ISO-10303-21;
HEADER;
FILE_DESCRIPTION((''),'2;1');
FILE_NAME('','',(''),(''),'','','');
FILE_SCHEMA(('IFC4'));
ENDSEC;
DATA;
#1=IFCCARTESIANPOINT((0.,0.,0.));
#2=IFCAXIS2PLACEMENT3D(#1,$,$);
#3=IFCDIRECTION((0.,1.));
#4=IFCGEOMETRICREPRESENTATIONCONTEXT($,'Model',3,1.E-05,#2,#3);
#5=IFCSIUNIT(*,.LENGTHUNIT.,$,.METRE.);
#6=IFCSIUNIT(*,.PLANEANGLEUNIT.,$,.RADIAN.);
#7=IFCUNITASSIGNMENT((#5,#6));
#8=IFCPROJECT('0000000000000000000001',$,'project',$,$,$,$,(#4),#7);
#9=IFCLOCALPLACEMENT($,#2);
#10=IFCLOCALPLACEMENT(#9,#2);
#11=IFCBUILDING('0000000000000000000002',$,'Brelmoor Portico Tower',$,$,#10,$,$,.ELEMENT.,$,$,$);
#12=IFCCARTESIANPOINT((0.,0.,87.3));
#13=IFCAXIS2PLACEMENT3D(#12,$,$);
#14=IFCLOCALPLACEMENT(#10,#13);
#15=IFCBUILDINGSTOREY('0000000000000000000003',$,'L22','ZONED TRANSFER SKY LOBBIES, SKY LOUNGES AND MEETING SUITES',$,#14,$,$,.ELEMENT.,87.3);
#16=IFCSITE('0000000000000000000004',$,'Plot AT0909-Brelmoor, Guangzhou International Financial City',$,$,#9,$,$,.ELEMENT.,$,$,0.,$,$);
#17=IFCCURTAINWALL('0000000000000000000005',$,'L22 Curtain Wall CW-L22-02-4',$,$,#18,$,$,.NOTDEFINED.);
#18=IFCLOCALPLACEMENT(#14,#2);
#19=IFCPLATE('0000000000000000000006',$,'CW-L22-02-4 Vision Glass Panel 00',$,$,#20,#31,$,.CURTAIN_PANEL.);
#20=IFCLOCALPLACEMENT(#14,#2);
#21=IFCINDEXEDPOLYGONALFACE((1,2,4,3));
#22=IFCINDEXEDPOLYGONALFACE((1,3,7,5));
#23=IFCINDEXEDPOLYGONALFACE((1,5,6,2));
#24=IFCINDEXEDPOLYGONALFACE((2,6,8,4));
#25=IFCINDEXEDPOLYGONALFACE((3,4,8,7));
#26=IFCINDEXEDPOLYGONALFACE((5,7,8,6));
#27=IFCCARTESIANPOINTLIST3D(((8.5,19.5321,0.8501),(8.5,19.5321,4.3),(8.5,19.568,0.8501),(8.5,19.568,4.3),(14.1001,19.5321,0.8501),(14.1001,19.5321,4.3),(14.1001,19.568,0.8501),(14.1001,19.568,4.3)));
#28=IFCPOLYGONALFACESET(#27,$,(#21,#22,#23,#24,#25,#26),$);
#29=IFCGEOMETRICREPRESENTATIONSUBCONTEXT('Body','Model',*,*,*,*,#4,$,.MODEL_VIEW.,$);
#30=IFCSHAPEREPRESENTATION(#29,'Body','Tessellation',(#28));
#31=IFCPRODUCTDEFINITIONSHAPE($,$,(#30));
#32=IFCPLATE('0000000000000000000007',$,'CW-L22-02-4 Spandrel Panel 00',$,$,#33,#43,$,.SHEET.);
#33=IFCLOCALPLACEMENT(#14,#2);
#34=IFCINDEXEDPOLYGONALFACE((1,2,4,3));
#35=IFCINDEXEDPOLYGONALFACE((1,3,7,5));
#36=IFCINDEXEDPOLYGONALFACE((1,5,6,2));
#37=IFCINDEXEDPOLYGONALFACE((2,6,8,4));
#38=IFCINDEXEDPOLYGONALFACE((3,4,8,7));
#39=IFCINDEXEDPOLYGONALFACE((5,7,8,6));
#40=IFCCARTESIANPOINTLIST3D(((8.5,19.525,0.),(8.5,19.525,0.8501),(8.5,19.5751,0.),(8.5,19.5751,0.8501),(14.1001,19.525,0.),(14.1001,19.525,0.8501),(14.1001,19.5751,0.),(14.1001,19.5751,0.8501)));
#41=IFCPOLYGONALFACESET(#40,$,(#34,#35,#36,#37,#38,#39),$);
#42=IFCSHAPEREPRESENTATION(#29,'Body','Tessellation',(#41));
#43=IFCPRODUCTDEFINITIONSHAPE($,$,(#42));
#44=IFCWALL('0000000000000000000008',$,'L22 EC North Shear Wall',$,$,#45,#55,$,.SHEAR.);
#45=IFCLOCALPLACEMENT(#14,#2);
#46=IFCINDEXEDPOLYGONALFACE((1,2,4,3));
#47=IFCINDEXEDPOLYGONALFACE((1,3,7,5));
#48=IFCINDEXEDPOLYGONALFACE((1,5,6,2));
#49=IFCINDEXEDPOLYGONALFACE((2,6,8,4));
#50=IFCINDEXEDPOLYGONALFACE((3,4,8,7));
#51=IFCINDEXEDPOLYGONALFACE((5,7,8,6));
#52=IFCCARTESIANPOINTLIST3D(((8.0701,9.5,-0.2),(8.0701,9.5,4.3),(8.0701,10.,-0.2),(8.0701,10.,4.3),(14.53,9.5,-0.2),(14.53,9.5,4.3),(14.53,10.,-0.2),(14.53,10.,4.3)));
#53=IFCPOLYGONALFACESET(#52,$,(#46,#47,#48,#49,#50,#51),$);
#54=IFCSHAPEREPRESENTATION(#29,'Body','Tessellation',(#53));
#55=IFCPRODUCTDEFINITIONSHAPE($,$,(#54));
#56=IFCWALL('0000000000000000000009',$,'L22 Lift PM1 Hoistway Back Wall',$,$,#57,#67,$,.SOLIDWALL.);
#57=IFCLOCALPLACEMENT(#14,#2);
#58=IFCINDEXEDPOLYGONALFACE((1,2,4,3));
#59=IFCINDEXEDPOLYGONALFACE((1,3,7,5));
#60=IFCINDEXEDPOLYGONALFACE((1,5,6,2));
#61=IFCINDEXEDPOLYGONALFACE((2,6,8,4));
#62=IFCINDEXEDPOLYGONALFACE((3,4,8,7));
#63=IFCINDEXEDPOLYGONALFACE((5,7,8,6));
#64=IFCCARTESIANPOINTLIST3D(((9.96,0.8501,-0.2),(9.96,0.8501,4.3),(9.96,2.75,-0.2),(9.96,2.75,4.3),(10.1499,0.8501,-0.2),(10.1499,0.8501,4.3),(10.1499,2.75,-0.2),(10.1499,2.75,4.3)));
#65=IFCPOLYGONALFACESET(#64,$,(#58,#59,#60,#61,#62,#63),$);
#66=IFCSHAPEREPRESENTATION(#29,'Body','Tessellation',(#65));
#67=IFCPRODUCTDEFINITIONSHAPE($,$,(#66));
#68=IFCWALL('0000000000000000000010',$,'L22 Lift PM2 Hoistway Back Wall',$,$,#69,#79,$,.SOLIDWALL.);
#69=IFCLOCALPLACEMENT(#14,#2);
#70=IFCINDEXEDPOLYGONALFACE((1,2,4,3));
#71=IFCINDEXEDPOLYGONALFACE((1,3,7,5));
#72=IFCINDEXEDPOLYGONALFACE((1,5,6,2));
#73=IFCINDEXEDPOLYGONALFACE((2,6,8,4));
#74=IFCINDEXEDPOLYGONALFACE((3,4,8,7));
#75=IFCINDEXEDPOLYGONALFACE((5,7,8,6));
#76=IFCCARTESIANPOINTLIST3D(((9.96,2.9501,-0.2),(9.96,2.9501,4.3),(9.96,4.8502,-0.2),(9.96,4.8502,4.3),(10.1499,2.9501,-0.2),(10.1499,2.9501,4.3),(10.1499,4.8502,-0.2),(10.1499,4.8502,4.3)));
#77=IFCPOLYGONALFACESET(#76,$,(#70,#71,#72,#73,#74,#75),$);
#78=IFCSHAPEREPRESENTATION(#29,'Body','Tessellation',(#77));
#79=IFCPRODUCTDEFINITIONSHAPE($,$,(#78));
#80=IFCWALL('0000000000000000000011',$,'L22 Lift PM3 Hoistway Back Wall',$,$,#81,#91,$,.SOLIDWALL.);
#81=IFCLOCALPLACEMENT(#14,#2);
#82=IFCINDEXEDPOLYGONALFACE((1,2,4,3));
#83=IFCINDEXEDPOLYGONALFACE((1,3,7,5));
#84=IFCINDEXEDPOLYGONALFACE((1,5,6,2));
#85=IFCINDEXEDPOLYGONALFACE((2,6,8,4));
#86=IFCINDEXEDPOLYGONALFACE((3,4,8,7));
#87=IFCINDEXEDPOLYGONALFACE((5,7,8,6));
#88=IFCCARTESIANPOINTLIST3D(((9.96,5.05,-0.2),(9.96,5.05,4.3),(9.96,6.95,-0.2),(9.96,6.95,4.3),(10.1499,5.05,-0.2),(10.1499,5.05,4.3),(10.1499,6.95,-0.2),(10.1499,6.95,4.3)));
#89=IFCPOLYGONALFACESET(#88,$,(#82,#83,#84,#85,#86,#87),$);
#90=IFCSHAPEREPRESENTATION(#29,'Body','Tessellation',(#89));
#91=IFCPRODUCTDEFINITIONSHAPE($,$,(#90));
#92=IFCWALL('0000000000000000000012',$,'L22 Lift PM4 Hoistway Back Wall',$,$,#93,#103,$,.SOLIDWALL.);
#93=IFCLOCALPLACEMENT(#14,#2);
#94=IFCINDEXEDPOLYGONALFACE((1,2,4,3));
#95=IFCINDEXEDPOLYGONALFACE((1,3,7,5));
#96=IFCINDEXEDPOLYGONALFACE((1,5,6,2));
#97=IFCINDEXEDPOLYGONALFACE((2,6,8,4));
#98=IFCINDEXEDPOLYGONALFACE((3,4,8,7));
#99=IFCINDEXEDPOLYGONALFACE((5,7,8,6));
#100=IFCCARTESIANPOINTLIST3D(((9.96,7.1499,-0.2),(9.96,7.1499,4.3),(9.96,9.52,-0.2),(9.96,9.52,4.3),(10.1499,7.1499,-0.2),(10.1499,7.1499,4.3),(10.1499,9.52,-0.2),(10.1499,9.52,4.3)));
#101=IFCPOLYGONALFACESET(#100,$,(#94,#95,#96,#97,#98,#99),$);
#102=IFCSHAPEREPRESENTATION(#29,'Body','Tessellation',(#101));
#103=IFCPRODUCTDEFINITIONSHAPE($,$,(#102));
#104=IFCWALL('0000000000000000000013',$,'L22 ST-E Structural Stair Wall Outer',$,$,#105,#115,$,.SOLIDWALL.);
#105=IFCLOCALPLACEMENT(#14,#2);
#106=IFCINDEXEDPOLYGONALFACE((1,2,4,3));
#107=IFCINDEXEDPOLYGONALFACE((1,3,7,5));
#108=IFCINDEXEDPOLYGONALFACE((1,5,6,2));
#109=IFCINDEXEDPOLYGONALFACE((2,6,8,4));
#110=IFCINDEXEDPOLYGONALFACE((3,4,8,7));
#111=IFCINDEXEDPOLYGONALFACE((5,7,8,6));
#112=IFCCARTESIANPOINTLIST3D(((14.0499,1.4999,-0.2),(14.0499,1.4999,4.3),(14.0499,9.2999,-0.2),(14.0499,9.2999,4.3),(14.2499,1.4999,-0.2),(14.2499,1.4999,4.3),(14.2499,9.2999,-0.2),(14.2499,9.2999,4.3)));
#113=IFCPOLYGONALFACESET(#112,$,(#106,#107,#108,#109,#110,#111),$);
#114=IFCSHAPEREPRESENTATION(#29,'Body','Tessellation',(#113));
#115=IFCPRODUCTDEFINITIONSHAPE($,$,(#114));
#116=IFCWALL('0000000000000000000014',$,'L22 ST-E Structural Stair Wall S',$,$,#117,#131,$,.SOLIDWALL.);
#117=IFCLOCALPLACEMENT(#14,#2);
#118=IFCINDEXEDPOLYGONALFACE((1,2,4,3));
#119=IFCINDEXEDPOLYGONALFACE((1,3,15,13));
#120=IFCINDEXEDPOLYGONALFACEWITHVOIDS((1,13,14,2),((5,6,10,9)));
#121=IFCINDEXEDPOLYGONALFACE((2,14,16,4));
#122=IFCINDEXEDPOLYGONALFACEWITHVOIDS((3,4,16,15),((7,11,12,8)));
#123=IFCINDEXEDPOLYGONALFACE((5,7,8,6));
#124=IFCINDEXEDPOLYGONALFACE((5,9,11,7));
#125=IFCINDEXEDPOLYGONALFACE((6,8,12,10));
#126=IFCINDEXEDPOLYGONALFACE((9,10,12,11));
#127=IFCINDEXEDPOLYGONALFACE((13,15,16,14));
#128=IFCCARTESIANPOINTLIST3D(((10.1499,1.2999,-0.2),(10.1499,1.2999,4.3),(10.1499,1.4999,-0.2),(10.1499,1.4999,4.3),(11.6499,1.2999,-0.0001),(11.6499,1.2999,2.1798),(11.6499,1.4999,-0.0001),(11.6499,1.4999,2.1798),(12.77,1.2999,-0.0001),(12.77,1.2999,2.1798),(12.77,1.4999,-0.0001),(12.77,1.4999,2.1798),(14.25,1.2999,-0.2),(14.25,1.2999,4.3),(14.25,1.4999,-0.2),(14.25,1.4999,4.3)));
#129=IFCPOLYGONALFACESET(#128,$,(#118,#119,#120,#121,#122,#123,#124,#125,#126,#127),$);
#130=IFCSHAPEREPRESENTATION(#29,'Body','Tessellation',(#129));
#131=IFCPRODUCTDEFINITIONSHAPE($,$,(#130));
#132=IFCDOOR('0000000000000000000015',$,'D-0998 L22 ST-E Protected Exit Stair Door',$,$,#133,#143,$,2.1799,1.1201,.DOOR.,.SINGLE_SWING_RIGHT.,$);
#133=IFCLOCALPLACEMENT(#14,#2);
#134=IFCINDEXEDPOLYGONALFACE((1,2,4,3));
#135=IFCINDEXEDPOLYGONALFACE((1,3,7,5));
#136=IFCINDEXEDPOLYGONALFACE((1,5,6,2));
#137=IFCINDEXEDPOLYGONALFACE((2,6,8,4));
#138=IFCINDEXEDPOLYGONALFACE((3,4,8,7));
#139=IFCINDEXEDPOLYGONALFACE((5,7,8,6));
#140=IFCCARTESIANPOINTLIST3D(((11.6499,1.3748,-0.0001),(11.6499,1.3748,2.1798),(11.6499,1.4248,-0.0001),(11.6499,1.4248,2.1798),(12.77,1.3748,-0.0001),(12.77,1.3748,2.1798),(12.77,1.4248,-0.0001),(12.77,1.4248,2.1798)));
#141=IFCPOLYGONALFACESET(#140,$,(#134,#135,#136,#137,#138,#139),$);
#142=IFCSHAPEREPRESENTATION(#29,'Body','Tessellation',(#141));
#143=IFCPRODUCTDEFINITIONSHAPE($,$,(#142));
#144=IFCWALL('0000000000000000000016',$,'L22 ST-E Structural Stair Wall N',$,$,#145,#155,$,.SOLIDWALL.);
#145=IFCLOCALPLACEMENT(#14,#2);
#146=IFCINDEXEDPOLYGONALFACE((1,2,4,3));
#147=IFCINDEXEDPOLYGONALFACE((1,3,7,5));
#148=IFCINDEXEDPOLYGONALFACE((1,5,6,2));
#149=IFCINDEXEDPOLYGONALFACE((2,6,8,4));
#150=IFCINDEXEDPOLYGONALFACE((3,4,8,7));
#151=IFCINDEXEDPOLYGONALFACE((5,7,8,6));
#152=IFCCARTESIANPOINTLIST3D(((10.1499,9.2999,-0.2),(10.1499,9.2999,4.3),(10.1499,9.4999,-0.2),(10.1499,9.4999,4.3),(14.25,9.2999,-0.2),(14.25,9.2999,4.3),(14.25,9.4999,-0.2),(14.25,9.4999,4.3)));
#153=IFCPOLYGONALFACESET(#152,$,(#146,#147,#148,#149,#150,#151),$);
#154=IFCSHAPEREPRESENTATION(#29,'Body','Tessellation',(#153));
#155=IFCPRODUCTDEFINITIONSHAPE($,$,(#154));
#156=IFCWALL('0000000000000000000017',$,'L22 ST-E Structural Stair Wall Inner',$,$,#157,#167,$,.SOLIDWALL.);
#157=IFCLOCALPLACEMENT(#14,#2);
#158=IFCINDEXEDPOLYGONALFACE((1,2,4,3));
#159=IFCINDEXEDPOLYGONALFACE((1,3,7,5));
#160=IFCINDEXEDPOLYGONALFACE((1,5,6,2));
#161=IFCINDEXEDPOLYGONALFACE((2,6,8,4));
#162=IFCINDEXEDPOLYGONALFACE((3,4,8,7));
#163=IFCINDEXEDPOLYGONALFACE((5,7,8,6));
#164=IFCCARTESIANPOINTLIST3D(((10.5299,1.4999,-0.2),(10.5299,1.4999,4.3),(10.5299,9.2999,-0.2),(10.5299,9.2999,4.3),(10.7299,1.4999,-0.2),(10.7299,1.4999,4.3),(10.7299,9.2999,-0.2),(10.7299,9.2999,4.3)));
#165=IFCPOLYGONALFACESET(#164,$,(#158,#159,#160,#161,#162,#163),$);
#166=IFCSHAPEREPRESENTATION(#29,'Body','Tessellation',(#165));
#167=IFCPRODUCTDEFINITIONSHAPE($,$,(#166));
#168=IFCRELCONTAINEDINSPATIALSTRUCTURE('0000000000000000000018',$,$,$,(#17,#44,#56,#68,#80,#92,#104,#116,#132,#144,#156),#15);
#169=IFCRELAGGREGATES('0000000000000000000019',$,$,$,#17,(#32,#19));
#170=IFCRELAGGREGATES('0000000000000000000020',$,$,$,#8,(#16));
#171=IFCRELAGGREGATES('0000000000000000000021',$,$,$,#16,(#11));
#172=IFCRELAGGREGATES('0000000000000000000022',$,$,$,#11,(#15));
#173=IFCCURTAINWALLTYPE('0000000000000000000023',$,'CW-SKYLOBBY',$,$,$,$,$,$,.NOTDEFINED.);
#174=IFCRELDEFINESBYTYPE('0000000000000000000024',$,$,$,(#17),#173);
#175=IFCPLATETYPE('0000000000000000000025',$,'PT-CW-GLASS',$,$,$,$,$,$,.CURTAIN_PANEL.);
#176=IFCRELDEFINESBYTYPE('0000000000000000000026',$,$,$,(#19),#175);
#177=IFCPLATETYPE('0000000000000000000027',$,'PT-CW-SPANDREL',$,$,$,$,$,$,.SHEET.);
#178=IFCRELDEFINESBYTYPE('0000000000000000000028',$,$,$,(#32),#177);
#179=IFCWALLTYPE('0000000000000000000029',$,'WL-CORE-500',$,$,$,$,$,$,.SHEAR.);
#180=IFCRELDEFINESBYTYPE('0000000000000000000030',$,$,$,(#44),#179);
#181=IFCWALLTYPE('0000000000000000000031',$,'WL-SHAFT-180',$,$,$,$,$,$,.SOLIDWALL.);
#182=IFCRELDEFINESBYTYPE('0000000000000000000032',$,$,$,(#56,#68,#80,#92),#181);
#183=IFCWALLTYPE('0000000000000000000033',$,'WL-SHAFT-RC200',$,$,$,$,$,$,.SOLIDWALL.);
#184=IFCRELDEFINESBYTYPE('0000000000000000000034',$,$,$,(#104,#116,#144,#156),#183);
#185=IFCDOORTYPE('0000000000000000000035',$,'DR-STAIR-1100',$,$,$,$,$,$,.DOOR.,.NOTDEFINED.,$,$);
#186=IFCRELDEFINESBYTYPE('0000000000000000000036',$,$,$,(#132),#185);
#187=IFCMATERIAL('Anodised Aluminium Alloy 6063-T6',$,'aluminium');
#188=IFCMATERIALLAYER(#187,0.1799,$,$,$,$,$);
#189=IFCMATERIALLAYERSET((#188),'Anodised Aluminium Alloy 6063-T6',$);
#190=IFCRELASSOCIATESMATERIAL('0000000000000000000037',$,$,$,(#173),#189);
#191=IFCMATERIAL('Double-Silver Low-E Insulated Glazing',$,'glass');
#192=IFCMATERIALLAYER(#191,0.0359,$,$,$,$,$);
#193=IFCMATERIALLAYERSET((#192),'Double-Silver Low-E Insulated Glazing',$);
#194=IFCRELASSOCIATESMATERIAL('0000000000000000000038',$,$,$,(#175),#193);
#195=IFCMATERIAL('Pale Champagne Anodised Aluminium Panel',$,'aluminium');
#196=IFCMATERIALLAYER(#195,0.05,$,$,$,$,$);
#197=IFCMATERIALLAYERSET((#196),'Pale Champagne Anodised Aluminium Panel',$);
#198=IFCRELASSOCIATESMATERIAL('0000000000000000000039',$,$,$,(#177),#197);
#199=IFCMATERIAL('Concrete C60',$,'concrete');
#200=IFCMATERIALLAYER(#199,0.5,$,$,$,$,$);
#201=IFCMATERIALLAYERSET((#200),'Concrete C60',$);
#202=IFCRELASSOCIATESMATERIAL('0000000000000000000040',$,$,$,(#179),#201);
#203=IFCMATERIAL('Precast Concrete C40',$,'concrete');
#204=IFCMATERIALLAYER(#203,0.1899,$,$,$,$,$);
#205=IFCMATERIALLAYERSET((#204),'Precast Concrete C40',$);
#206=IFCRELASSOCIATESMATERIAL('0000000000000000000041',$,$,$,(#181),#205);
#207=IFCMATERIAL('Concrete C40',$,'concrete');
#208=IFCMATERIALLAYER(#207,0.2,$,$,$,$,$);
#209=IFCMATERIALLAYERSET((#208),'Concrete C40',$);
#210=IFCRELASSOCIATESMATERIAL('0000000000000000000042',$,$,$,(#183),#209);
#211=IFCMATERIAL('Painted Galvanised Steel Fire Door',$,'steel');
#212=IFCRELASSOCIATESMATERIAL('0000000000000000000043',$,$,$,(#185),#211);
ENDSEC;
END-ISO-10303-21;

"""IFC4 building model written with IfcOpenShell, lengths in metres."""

from ifc_helpers import new_model, si_unit, direction, frame, frame_2d, origin, origin_2d, place, context, subcontext, project, spatial, rectangle, extrude, material, layer, layer_set, type_object, element, fill, aggregate, save


model = new_model("IFC4")

# Units and contexts
model_context = context("Model", 3, precision=1e-05, world=origin(), true_north=direction((0.0, 1.0)))
body_context = subcontext(model_context, "Body", "Model", "MODEL_VIEW")
ifc_project = project(units=[si_unit("LENGTHUNIT", "METRE"), si_unit("PLANEANGLEUNIT", "RADIAN")], contexts=[model_context])

# Site, building, storey
site_placement = place(None, origin())
site = spatial("IfcSite", under=ifc_project, at=site_placement, Name="Plot AT0909-Brelmoor, Guangzhou International Financial City", CompositionType="ELEMENT", RefElevation=0.0)
building_placement = place(site_placement, origin())
building = spatial("IfcBuilding", under=site, at=building_placement, Name="Brelmoor Portico Tower", CompositionType="ELEMENT")
storey_placement = place(building_placement, frame((0.0, 0.0, 87.3)))
storey = spatial("IfcBuildingStorey", under=building, at=storey_placement, Name="L22", Description="ZONED TRANSFER SKY LOBBIES, SKY LOUNGES AND MEETING SUITES", CompositionType="ELEMENT", Elevation=87.3)

# Curtain wall
ifc_material_1 = material(Name="Anodised Aluminium Alloy 6063-T6", Category="aluminium")
ifc_layer_1 = layer(ifc_material_1, 0.1799)
ifc_layer_set_1 = layer_set([ifc_layer_1], Name="Anodised Aluminium Alloy 6063-T6")
curtain_wall_type = type_object("IfcCurtainWallType", Name="CW-SKYLOBBY", PredefinedType="NOTDEFINED", material=ifc_layer_set_1)
curtain_wall_placement = place(storey_placement, origin())
curtain_wall = element("IfcCurtainWall", 1, at=curtain_wall_placement, inside=storey, type_object=curtain_wall_type, Name="L22 Curtain Wall CW-L22-02-4", PredefinedType="NOTDEFINED")

# Plates
ifc_material_2 = material(Name="Double-Silver Low-E Insulated Glazing", Category="glass")
ifc_layer_2 = layer(ifc_material_2, 0.0359)
ifc_layer_set_2 = layer_set([ifc_layer_2], Name="Double-Silver Low-E Insulated Glazing")
plate_type_1 = type_object("IfcPlateType", Name="PT-CW-GLASS", PredefinedType="CURTAIN_PANEL", material=ifc_layer_set_2)
plate_1_placement = place(storey_placement, frame((11.3, 19.55, 0.8501), z_axis=(0.0, 0.0, 1.0), x_axis=(1.0, 0.0, 0.0)))
plate_1 = element("IfcPlate", 2, at=plate_1_placement, type_object=plate_type_1, Name="CW-L22-02-4 Vision Glass Panel 00", PredefinedType="CURTAIN_PANEL", context=body_context, shape_type="SweptSolid", body=[
    extrude(rectangle(XDim=5.6001, YDim=0.0359, at=origin_2d()), origin(), (0.0, 0.0, 1.0), 3.45),
])
ifc_material_3 = material(Name="Pale Champagne Anodised Aluminium Panel", Category="aluminium")
ifc_layer_3 = layer(ifc_material_3, 0.05)
ifc_layer_set_3 = layer_set([ifc_layer_3], Name="Pale Champagne Anodised Aluminium Panel")
plate_type_2 = type_object("IfcPlateType", Name="PT-CW-SPANDREL", PredefinedType="SHEET", material=ifc_layer_set_3)
plate_2_placement = place(storey_placement, frame((11.3, 19.55, 0.0), z_axis=(0.0, 0.0, 1.0), x_axis=(1.0, 0.0, 0.0)))
plate_2 = element("IfcPlate", 3, at=plate_2_placement, type_object=plate_type_2, Name="CW-L22-02-4 Spandrel Panel 00", PredefinedType="SHEET", context=body_context, shape_type="SweptSolid", body=[
    extrude(rectangle(XDim=5.6001, YDim=0.05, at=origin_2d()), origin(), (0.0, 0.0, 1.0), 0.8501),
])
aggregate(curtain_wall, [plate_2, plate_1])

# Walls
ifc_material_4 = material(Name="Concrete C60", Category="concrete")
ifc_layer_4 = layer(ifc_material_4, 0.5)
ifc_layer_set_4 = layer_set([ifc_layer_4], Name="Concrete C60")
wall_type_1 = type_object("IfcWallType", Name="WL-CORE-500", PredefinedType="SHEAR", material=ifc_layer_set_4)
wall_1_placement = place(storey_placement, frame((8.0701, 9.75, -0.2), z_axis=(0.0, 0.0, 1.0), x_axis=(1.0, 0.0, 0.0)))
element("IfcWall", 4, at=wall_1_placement, inside=storey, type_object=wall_type_1, Name="L22 EC North Shear Wall", PredefinedType="SHEAR", context=body_context, shape_type="SweptSolid", body=[
    extrude(rectangle(XDim=6.46, YDim=0.5, at=frame_2d((3.23, 0.0))), origin(), (0.0, 0.0, 1.0), 4.5),
])
ifc_material_5 = material(Name="Precast Concrete C40", Category="concrete")
ifc_layer_5 = layer(ifc_material_5, 0.1899)
ifc_layer_set_5 = layer_set([ifc_layer_5], Name="Precast Concrete C40")
wall_type_2 = type_object("IfcWallType", Name="WL-SHAFT-180", PredefinedType="SOLIDWALL", material=ifc_layer_set_5)
wall_2_placement = place(storey_placement, frame((10.0549, 0.8501, -0.2), z_axis=(0.0, 0.0, 1.0), x_axis=(0.0, 1.0, 0.0)))
element("IfcWall", 5, at=wall_2_placement, inside=storey, type_object=wall_type_2, Name="L22 Lift PM1 Hoistway Back Wall", PredefinedType="SOLIDWALL", context=body_context, shape_type="SweptSolid", body=[
    extrude(rectangle(XDim=1.8999, YDim=0.1899, at=frame_2d((0.95, 0.0))), origin(), (0.0, 0.0, 1.0), 4.5),
])
wall_3_placement = place(storey_placement, frame((10.0549, 2.95, -0.2), z_axis=(0.0, 0.0, 1.0), x_axis=(0.0, 1.0, 0.0)))
element("IfcWall", 6, at=wall_3_placement, inside=storey, type_object=wall_type_2, Name="L22 Lift PM2 Hoistway Back Wall", PredefinedType="SOLIDWALL", context=body_context, shape_type="SweptSolid", body=[
    extrude(rectangle(XDim=1.9001, YDim=0.1899, at=frame_2d((0.9502, 0.0))), origin(), (0.0, 0.0, 1.0), 4.5),
])
wall_4_placement = place(storey_placement, frame((10.0549, 5.05, -0.2), z_axis=(0.0, 0.0, 1.0), x_axis=(0.0, 1.0, 0.0)))
element("IfcWall", 7, at=wall_4_placement, inside=storey, type_object=wall_type_2, Name="L22 Lift PM3 Hoistway Back Wall", PredefinedType="SOLIDWALL", context=body_context, shape_type="SweptSolid", body=[
    extrude(rectangle(XDim=1.8999, YDim=0.1899, at=frame_2d((0.95, 0.0))), origin(), (0.0, 0.0, 1.0), 4.5),
])
wall_5_placement = place(storey_placement, frame((10.0549, 7.1499, -0.2), z_axis=(0.0, 0.0, 1.0), x_axis=(0.0, 1.0, 0.0)))
element("IfcWall", 8, at=wall_5_placement, inside=storey, type_object=wall_type_2, Name="L22 Lift PM4 Hoistway Back Wall", PredefinedType="SOLIDWALL", context=body_context, shape_type="SweptSolid", body=[
    extrude(rectangle(XDim=2.3701, YDim=0.1899, at=frame_2d((1.1851, 0.0))), origin(), (0.0, 0.0, 1.0), 4.5),
])
ifc_material_6 = material(Name="Concrete C40", Category="concrete")
ifc_layer_6 = layer(ifc_material_6, 0.2)
ifc_layer_set_6 = layer_set([ifc_layer_6], Name="Concrete C40")
wall_type_3 = type_object("IfcWallType", Name="WL-SHAFT-RC200", PredefinedType="SOLIDWALL", material=ifc_layer_set_6)
wall_6_placement = place(storey_placement, frame((14.1499, 1.5, -0.2), z_axis=(0.0, 0.0, 1.0), x_axis=(0.0, 1.0, 0.0)))
element("IfcWall", 9, at=wall_6_placement, inside=storey, type_object=wall_type_3, Name="L22 ST-E Structural Stair Wall Outer", PredefinedType="SOLIDWALL", context=body_context, shape_type="SweptSolid", body=[
    extrude(rectangle(XDim=7.8, YDim=0.2, at=frame_2d((3.8999, 0.0))), origin(), (0.0, 0.0, 1.0), 4.5),
])

# Wall, opening, door
wall_7_placement = place(storey_placement, frame((10.1499, 1.3999, -0.2), z_axis=(0.0, 0.0, 1.0), x_axis=(1.0, 0.0, 0.0)))
wall_7 = element("IfcWall", 10, at=wall_7_placement, inside=storey, type_object=wall_type_3, Name="L22 ST-E Structural Stair Wall S", PredefinedType="SOLIDWALL", context=body_context, shape_type="SweptSolid", body=[
    extrude(rectangle(XDim=4.1001, YDim=0.2, at=frame_2d((2.05, 0.0))), origin(), (0.0, 0.0, 1.0), 4.5),
])
opening_placement = place(wall_7_placement, frame((1.5, 0.0, 0.2)))
opening = element("IfcOpeningElement", 11, at=opening_placement, cuts=wall_7, PredefinedType="OPENING", context=body_context, shape_type="SweptSolid", body=[
    extrude(rectangle(XDim=1.1201, YDim=2.1799, at=frame_2d((0.5601, 1.0898))), frame((0.0, 0.1099, 0.0), z_axis=(0.0, -1.0, 0.0), x_axis=(1.0, 0.0, 0.0)), (0.0, 0.0, 1.0), 0.22),
])
ifc_material_7 = material(Name="Painted Galvanised Steel Fire Door", Category="steel")
door_type = type_object("IfcDoorType", Name="DR-STAIR-1100", OperationType="NOTDEFINED", PredefinedType="DOOR", material=ifc_material_7)
door_placement = place(opening_placement, origin())
door = element("IfcDoor", 12, at=door_placement, inside=storey, type_object=door_type, Name="D-0998 L22 ST-E Protected Exit Stair Door", OperationType="SINGLE_SWING_RIGHT", OverallHeight=2.1799, OverallWidth=1.1201, PredefinedType="DOOR", context=body_context, shape_type="SweptSolid", body=[
    extrude(rectangle(XDim=1.1201, YDim=2.1799, at=frame_2d((0.5601, 1.0898))), frame((0.0, 0.0249, 0.0), z_axis=(0.0, -1.0, 0.0), x_axis=(1.0, 0.0, 0.0)), (0.0, 0.0, 1.0), 0.05),
])
fill(opening, door)

# Walls
wall_8_placement = place(storey_placement, frame((10.1499, 9.3999, -0.2), z_axis=(0.0, 0.0, 1.0), x_axis=(1.0, 0.0, 0.0)))
element("IfcWall", 13, at=wall_8_placement, inside=storey, type_object=wall_type_3, Name="L22 ST-E Structural Stair Wall N", PredefinedType="SOLIDWALL", context=body_context, shape_type="SweptSolid", body=[
    extrude(rectangle(XDim=4.1001, YDim=0.2, at=frame_2d((2.05, 0.0))), origin(), (0.0, 0.0, 1.0), 4.5),
])
wall_9_placement = place(storey_placement, frame((10.6299, 1.5, -0.2), z_axis=(0.0, 0.0, 1.0), x_axis=(0.0, 1.0, 0.0)))
element("IfcWall", 14, at=wall_9_placement, inside=storey, type_object=wall_type_3, Name="L22 ST-E Structural Stair Wall Inner", PredefinedType="SOLIDWALL", context=body_context, shape_type="SweptSolid", body=[
    extrude(rectangle(XDim=7.8, YDim=0.2, at=frame_2d((3.8999, 0.0))), origin(), (0.0, 0.0, 1.0), 4.5),
])

save(model, "model.ifc")
